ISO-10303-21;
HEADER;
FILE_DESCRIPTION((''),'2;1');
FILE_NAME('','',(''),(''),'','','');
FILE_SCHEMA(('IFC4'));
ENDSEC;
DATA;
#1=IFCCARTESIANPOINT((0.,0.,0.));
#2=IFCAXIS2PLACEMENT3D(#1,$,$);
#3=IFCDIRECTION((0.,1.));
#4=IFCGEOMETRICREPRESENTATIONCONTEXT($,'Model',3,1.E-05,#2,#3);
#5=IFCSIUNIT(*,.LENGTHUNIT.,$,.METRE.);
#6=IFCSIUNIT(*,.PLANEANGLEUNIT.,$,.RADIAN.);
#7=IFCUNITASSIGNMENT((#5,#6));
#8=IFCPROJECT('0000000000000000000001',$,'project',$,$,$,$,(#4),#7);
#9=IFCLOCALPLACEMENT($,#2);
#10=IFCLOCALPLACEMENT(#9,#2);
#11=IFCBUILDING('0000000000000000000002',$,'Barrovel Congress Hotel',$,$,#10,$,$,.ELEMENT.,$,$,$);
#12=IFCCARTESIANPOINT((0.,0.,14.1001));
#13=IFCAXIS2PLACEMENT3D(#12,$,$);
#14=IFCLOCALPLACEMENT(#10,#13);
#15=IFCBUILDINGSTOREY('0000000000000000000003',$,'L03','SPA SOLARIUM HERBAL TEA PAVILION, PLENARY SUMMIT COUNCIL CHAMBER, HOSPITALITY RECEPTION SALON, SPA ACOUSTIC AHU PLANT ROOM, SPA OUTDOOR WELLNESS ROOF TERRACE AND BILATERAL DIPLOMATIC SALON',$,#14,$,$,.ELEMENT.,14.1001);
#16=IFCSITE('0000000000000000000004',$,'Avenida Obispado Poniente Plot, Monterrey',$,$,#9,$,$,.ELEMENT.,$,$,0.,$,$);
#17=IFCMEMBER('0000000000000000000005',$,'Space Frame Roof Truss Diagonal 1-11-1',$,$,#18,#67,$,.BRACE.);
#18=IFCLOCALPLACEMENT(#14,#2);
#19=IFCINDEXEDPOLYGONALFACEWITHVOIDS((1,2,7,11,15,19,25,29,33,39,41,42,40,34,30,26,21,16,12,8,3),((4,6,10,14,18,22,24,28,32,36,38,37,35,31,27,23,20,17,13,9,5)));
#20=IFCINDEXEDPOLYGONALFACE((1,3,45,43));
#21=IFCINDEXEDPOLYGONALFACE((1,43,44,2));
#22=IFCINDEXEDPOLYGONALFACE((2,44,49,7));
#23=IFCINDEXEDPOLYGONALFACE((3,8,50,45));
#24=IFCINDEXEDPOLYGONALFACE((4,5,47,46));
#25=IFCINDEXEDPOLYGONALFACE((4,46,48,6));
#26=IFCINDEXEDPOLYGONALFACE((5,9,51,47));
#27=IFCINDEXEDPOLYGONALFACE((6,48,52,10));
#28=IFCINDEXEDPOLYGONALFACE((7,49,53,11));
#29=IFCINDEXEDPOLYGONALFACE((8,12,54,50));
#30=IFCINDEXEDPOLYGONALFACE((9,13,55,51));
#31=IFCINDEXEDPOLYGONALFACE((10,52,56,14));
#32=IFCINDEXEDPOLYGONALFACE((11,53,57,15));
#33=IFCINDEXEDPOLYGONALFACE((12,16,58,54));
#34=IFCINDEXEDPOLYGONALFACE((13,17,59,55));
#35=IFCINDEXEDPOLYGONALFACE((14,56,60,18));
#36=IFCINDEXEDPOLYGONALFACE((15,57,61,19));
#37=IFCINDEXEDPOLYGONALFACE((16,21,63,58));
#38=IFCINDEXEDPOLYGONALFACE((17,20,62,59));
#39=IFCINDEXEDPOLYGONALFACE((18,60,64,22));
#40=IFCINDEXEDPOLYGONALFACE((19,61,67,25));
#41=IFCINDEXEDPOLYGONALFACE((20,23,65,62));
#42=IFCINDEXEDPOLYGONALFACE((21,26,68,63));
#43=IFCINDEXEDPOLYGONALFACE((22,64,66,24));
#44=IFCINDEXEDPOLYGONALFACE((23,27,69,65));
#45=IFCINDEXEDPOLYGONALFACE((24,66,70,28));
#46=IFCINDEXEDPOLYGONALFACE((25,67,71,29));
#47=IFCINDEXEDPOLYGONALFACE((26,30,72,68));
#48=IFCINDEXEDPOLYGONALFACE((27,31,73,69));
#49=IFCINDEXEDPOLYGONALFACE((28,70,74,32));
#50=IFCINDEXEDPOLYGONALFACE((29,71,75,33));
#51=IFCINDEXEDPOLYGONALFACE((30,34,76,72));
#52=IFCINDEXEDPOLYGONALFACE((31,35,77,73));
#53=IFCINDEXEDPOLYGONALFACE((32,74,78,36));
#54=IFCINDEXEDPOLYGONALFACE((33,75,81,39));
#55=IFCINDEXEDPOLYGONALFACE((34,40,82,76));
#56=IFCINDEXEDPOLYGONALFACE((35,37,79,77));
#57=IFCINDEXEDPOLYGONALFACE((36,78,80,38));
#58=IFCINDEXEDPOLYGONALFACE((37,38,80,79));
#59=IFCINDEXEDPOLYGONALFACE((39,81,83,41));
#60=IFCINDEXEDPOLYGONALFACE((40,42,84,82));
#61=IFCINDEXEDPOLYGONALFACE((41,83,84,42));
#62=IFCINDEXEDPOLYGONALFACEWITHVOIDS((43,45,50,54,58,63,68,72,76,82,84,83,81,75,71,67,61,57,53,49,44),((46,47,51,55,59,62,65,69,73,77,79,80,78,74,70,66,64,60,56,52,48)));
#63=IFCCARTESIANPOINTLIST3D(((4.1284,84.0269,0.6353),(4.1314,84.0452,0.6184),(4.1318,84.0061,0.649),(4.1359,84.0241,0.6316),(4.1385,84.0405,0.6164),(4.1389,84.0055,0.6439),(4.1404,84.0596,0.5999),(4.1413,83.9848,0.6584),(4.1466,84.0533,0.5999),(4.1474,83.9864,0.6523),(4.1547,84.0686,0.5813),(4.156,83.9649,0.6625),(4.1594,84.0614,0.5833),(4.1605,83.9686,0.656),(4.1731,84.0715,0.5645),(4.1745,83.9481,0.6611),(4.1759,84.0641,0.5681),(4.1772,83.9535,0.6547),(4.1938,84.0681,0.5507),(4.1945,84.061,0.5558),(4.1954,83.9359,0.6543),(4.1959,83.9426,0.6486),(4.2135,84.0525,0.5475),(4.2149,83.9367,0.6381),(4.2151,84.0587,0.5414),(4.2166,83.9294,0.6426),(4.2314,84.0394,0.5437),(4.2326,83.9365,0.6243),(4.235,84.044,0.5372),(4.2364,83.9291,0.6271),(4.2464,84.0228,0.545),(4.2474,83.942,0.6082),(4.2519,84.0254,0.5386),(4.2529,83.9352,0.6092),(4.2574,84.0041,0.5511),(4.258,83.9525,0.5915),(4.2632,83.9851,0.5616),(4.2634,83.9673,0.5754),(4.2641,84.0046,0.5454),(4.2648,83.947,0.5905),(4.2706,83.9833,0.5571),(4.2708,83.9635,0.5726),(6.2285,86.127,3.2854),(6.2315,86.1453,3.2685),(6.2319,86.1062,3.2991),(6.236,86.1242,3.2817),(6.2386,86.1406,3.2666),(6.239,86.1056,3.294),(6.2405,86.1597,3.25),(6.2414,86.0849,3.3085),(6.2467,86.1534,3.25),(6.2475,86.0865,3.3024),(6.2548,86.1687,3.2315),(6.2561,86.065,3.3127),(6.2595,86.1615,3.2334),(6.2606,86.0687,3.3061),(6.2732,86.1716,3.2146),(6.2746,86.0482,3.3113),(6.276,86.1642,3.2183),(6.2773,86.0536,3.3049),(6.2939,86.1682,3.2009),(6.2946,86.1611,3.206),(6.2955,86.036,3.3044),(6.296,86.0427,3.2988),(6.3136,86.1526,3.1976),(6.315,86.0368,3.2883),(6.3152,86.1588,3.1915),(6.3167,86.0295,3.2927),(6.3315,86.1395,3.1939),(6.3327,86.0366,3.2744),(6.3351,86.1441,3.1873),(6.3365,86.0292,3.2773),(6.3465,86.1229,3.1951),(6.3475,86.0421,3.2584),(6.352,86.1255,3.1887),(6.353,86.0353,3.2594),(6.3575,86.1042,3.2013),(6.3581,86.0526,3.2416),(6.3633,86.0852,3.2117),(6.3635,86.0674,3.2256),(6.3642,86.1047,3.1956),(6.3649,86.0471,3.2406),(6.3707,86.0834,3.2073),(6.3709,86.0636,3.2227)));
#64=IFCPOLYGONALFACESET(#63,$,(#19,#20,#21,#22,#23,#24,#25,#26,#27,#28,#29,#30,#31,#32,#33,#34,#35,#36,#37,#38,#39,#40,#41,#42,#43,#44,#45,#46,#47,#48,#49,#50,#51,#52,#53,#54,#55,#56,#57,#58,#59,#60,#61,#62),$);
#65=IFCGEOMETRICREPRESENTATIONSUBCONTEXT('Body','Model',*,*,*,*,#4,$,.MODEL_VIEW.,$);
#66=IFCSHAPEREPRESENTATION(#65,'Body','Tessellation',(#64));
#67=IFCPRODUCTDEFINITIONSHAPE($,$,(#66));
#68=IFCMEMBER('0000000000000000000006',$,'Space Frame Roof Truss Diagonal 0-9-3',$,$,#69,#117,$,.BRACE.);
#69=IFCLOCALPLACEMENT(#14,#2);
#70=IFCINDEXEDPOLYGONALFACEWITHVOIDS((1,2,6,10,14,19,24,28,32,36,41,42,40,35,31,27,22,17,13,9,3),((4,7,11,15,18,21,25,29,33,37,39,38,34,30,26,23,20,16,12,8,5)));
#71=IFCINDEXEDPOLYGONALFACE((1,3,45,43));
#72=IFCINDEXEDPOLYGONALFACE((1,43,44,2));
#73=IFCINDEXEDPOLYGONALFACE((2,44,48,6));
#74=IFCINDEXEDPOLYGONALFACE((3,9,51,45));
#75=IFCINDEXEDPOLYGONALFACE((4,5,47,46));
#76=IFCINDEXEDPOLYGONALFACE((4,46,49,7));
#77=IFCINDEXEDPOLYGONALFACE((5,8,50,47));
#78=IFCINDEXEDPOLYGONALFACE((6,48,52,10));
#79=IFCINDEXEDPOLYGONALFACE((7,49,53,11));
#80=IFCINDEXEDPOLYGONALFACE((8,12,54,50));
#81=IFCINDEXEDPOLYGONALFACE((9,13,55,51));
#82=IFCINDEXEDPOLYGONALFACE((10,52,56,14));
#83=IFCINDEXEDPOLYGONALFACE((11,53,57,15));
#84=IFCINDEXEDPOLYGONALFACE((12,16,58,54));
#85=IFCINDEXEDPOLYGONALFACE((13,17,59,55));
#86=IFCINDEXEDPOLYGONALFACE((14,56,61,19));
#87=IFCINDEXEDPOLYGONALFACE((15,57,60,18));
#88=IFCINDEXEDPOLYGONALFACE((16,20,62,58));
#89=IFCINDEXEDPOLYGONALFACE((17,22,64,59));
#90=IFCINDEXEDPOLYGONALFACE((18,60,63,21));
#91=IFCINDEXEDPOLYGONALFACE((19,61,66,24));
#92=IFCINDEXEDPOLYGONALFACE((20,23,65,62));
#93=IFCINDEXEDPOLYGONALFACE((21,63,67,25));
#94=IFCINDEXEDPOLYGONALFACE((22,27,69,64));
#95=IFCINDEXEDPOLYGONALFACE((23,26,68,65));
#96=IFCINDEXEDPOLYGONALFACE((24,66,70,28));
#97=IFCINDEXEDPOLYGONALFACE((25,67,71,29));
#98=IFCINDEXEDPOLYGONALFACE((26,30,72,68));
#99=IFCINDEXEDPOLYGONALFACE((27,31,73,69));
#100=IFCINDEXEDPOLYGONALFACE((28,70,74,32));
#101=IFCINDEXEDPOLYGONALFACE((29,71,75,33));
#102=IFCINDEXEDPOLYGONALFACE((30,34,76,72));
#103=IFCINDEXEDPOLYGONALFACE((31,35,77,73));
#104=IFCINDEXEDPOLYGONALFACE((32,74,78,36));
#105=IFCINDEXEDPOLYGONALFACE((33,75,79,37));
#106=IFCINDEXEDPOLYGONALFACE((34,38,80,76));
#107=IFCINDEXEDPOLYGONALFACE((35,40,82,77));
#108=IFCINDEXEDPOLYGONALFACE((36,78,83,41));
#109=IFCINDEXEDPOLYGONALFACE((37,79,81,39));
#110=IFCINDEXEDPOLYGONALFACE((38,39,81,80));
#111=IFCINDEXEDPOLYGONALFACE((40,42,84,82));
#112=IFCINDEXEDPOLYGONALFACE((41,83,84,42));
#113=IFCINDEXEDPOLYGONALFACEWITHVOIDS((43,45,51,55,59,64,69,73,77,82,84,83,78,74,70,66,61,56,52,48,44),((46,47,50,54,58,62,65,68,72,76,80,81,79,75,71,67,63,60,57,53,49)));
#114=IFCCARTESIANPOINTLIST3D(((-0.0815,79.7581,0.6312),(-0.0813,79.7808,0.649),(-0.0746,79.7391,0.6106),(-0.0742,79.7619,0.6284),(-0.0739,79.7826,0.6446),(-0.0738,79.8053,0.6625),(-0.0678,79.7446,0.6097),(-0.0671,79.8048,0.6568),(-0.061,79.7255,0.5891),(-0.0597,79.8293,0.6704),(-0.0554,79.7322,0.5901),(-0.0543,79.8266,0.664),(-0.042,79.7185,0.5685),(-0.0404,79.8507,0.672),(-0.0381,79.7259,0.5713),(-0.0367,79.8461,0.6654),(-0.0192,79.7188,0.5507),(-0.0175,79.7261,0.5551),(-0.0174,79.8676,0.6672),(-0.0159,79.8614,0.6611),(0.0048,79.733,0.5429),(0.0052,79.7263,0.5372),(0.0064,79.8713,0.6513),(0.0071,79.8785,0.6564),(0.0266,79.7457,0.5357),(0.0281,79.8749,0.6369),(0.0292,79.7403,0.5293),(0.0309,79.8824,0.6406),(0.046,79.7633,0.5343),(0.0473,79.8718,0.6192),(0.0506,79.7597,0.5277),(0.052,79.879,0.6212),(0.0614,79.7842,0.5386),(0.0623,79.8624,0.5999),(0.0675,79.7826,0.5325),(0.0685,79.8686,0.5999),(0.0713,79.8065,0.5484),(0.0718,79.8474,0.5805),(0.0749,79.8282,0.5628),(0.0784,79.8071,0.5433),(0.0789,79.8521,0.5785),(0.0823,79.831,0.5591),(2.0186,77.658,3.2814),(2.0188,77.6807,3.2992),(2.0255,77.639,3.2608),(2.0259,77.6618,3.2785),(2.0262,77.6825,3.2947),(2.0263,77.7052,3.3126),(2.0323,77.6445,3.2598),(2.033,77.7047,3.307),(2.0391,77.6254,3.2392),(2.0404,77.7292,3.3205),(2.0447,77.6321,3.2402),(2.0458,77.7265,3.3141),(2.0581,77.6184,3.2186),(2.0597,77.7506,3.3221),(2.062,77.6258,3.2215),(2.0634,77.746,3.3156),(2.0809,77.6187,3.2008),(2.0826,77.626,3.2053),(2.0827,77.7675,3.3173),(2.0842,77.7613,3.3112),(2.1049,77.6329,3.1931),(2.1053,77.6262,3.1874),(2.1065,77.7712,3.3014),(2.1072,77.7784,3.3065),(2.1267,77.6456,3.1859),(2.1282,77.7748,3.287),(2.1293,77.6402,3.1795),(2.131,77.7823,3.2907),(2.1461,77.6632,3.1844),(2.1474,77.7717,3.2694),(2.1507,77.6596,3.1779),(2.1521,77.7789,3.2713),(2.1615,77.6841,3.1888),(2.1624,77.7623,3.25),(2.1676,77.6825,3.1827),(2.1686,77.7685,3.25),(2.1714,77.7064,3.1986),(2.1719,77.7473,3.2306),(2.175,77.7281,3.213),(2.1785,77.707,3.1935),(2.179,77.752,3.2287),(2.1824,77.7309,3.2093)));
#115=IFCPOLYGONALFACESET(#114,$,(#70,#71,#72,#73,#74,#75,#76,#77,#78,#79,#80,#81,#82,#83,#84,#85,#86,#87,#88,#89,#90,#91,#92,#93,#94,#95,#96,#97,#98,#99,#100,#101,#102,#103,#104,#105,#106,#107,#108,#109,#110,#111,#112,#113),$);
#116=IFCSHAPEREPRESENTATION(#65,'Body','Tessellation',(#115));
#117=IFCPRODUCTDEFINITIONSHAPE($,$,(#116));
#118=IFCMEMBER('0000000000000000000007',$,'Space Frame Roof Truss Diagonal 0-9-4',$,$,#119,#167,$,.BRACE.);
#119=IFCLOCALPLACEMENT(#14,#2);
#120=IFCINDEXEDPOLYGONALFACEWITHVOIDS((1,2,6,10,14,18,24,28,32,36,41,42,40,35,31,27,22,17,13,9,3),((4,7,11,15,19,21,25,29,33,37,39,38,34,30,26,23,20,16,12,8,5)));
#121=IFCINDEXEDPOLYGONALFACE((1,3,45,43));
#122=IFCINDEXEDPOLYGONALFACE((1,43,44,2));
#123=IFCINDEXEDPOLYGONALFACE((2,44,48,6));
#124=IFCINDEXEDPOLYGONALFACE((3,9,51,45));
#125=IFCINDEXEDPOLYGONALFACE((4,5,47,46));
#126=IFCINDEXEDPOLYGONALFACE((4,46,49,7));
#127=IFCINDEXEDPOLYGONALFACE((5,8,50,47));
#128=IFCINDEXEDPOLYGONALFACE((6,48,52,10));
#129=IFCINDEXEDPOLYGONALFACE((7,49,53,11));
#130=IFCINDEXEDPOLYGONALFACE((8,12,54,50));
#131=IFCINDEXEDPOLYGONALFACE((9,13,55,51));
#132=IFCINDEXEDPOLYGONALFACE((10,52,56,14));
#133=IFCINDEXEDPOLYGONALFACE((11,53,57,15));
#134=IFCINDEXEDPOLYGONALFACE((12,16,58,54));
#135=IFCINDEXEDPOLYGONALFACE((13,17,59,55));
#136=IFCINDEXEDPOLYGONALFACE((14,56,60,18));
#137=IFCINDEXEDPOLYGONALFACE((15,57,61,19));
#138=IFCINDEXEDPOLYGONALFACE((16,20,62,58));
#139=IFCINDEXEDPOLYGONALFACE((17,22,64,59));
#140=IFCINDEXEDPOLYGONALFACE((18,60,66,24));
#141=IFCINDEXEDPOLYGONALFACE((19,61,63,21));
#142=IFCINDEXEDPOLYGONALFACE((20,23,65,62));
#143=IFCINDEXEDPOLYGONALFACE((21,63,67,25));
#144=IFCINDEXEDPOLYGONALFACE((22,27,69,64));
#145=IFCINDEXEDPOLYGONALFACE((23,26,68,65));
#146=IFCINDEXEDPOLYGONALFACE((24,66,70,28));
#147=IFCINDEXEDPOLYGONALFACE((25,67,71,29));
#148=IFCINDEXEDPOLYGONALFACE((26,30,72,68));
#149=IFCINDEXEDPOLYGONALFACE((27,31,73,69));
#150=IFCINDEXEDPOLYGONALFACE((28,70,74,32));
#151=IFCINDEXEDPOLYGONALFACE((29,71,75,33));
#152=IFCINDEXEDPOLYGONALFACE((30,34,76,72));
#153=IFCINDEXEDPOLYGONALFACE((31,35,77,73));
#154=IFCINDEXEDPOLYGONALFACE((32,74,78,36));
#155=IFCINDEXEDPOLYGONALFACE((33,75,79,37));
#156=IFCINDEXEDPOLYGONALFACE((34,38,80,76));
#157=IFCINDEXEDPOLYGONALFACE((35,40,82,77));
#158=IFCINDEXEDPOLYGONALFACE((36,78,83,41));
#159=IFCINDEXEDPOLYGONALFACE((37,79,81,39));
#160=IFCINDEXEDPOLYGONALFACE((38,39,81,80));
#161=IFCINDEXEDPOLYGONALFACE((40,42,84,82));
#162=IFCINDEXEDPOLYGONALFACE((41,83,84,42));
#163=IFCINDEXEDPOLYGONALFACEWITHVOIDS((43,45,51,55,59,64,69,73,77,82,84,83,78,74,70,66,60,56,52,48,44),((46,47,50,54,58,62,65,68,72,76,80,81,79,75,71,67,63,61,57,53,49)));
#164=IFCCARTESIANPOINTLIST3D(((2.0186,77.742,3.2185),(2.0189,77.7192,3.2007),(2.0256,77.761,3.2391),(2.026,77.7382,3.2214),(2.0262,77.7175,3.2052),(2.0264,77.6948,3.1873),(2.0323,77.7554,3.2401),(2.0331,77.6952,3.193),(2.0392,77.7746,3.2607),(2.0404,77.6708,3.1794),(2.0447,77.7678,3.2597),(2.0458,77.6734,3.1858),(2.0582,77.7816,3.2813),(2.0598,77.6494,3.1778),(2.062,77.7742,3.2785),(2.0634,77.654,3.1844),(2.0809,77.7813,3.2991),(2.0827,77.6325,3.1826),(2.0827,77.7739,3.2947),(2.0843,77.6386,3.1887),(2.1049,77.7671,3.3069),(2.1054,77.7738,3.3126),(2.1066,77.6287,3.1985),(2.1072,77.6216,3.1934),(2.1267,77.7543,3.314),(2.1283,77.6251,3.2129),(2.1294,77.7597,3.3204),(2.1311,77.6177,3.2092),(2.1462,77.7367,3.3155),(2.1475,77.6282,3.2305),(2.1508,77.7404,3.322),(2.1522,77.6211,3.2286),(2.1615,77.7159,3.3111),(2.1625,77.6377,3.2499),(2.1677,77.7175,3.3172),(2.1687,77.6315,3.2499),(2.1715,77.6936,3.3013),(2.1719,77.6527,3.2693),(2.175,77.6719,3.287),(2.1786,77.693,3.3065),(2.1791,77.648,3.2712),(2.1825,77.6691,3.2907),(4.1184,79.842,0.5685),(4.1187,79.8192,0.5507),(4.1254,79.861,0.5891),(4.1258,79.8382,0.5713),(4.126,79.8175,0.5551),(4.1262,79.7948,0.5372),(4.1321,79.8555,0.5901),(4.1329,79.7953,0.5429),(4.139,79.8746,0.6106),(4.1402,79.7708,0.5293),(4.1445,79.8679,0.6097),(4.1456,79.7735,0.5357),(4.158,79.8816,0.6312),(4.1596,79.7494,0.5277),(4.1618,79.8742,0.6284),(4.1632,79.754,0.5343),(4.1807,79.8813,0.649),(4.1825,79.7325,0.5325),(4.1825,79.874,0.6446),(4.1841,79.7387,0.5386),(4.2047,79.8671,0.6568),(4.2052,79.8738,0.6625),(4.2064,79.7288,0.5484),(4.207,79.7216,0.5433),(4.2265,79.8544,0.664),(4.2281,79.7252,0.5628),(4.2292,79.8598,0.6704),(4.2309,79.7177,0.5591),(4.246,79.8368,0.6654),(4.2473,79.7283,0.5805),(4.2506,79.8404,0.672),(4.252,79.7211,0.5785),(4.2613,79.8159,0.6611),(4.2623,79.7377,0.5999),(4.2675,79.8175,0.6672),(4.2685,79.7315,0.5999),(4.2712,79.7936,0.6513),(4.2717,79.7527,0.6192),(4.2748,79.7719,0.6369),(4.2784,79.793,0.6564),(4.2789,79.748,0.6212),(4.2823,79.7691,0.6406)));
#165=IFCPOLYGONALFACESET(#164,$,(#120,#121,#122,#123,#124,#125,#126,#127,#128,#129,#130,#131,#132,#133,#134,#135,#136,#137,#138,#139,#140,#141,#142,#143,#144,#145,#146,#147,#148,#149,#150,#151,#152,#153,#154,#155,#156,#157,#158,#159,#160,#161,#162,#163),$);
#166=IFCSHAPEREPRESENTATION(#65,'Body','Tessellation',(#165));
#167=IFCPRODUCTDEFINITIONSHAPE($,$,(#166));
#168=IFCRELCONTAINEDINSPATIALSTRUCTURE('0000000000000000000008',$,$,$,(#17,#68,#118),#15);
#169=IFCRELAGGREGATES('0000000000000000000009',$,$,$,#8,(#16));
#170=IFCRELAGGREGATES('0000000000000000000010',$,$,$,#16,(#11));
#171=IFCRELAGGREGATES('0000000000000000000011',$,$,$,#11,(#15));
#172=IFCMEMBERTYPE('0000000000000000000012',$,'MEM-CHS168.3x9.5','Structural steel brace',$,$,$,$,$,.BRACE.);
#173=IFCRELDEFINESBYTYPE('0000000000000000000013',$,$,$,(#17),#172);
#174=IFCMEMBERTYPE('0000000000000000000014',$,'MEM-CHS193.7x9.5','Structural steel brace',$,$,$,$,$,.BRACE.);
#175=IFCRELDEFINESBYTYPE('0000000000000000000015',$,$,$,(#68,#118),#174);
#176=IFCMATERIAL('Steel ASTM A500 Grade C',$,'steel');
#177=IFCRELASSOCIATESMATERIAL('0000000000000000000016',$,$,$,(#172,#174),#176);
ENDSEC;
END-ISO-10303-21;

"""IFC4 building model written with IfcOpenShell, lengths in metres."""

from ifc_helpers import new_model, si_unit, direction, frame, origin, origin_2d, place, context, subcontext, project, spatial, hollow_circle, extrude, material, material_profile, profile_set, type_object, element, save


model = new_model("IFC4")

# Units and contexts
model_context = context("Model", 3, precision=1e-05, world=origin(), true_north=direction((0.0, 1.0)))
body_context = subcontext(model_context, "Body", "Model", "MODEL_VIEW")
ifc_project = project(units=[si_unit("LENGTHUNIT", "METRE"), si_unit("PLANEANGLEUNIT", "RADIAN")], contexts=[model_context])

# Site, building, storey
site_placement = place(None, origin())
site = spatial("IfcSite", under=ifc_project, at=site_placement, Name="Avenida Obispado Poniente Plot, Monterrey", CompositionType="ELEMENT", RefElevation=0.0)
building_placement = place(site_placement, origin())
building = spatial("IfcBuilding", under=site, at=building_placement, Name="Barrovel Congress Hotel", CompositionType="ELEMENT")
storey_placement = place(building_placement, frame((0.0, 0.0, 14.1001)))
storey = spatial("IfcBuildingStorey", under=building, at=storey_placement, Name="L03", Description="SPA SOLARIUM HERBAL TEA PAVILION, PLENARY SUMMIT COUNCIL CHAMBER, HOSPITALITY RECEPTION SALON, SPA ACOUSTIC AHU PLANT ROOM, SPA OUTDOOR WELLNESS ROOF TERRACE AND BILATERAL DIPLOMATIC SALON", CompositionType="ELEMENT", Elevation=14.1001)

# Members
ifc_material_1 = material(Name="Steel ASTM A500 Grade C", Category="steel")
ifc_material_profile_1 = material_profile(ifc_material_1, hollow_circle(Radius=0.0842, WallThickness=0.0088, at=origin_2d()), Name="CHS168.3x9.5")
ifc_profile_set_1 = profile_set([ifc_material_profile_1], Name="Steel ASTM A500 Grade C")
member_type_1 = type_object("IfcMemberType", Name="MEM-CHS168.3x9.5", Description="Structural steel brace", PredefinedType="BRACE", material=ifc_profile_set_1)
for number, where, z_axis, x_axis, name in (
    (1, (4.2, 84.0, 0.5999), (0.527601, 0.527601, 0.665788), (-0.707107, 0.707107, 0.0), "Space Frame Roof Truss Diagonal 1-11-1"),
):
    element("IfcMember", number, at=place(storey_placement, frame(where, z_axis=z_axis, x_axis=x_axis)), inside=storey, type_object=member_type_1, Name=name, PredefinedType="BRACE", context=body_context, shape_type="SweptSolid", body=[
        extrude(hollow_circle(Radius=0.0842, WallThickness=0.0088, at=origin_2d()), origin(), (0.0, 0.0, 1.0), 3.9805),
    ])
ifc_material_profile_2 = material_profile(ifc_material_1, hollow_circle(Radius=0.0969, WallThickness=0.0088, at=origin_2d()), Name="CHS193.7x9.5")
ifc_profile_set_2 = profile_set([ifc_material_profile_2], Name="Steel ASTM A500 Grade C")
member_type_2 = type_object("IfcMemberType", Name="MEM-CHS193.7x9.5", Description="Structural steel brace", PredefinedType="BRACE", material=ifc_profile_set_2)
member_1_placement = place(storey_placement, frame((0.0, 79.8, 0.5999), z_axis=(0.527601, -0.527601, 0.665788), x_axis=(0.707107, 0.707107, 0.0)))
element("IfcMember", 2, at=member_1_placement, inside=storey, type_object=member_type_2, Name="Space Frame Roof Truss Diagonal 0-9-3", PredefinedType="BRACE", context=body_context, shape_type="SweptSolid", body=[
    extrude(hollow_circle(Radius=0.0969, WallThickness=0.0088, at=origin_2d()), origin(), (0.0, 0.0, 1.0), 3.9805),
])
for number, where, z_axis, x_axis, name in (
    (3, (4.2, 79.8, 0.5999), (-0.527557, -0.527618, 0.66581), (0.707148, -0.707066, 0.0), "Space Frame Roof Truss Diagonal 0-9-4"),
):
    element("IfcMember", number, at=place(storey_placement, frame(where, z_axis=z_axis, x_axis=x_axis)), inside=storey, type_object=member_type_2, Name=name, PredefinedType="BRACE", context=body_context, shape_type="SweptSolid", body=[
        extrude(hollow_circle(Radius=0.0969, WallThickness=0.0088, at=origin_2d()), origin(), (0.0, 0.0, 1.0), 3.9802),
    ])

save(model, "model.ifc")
